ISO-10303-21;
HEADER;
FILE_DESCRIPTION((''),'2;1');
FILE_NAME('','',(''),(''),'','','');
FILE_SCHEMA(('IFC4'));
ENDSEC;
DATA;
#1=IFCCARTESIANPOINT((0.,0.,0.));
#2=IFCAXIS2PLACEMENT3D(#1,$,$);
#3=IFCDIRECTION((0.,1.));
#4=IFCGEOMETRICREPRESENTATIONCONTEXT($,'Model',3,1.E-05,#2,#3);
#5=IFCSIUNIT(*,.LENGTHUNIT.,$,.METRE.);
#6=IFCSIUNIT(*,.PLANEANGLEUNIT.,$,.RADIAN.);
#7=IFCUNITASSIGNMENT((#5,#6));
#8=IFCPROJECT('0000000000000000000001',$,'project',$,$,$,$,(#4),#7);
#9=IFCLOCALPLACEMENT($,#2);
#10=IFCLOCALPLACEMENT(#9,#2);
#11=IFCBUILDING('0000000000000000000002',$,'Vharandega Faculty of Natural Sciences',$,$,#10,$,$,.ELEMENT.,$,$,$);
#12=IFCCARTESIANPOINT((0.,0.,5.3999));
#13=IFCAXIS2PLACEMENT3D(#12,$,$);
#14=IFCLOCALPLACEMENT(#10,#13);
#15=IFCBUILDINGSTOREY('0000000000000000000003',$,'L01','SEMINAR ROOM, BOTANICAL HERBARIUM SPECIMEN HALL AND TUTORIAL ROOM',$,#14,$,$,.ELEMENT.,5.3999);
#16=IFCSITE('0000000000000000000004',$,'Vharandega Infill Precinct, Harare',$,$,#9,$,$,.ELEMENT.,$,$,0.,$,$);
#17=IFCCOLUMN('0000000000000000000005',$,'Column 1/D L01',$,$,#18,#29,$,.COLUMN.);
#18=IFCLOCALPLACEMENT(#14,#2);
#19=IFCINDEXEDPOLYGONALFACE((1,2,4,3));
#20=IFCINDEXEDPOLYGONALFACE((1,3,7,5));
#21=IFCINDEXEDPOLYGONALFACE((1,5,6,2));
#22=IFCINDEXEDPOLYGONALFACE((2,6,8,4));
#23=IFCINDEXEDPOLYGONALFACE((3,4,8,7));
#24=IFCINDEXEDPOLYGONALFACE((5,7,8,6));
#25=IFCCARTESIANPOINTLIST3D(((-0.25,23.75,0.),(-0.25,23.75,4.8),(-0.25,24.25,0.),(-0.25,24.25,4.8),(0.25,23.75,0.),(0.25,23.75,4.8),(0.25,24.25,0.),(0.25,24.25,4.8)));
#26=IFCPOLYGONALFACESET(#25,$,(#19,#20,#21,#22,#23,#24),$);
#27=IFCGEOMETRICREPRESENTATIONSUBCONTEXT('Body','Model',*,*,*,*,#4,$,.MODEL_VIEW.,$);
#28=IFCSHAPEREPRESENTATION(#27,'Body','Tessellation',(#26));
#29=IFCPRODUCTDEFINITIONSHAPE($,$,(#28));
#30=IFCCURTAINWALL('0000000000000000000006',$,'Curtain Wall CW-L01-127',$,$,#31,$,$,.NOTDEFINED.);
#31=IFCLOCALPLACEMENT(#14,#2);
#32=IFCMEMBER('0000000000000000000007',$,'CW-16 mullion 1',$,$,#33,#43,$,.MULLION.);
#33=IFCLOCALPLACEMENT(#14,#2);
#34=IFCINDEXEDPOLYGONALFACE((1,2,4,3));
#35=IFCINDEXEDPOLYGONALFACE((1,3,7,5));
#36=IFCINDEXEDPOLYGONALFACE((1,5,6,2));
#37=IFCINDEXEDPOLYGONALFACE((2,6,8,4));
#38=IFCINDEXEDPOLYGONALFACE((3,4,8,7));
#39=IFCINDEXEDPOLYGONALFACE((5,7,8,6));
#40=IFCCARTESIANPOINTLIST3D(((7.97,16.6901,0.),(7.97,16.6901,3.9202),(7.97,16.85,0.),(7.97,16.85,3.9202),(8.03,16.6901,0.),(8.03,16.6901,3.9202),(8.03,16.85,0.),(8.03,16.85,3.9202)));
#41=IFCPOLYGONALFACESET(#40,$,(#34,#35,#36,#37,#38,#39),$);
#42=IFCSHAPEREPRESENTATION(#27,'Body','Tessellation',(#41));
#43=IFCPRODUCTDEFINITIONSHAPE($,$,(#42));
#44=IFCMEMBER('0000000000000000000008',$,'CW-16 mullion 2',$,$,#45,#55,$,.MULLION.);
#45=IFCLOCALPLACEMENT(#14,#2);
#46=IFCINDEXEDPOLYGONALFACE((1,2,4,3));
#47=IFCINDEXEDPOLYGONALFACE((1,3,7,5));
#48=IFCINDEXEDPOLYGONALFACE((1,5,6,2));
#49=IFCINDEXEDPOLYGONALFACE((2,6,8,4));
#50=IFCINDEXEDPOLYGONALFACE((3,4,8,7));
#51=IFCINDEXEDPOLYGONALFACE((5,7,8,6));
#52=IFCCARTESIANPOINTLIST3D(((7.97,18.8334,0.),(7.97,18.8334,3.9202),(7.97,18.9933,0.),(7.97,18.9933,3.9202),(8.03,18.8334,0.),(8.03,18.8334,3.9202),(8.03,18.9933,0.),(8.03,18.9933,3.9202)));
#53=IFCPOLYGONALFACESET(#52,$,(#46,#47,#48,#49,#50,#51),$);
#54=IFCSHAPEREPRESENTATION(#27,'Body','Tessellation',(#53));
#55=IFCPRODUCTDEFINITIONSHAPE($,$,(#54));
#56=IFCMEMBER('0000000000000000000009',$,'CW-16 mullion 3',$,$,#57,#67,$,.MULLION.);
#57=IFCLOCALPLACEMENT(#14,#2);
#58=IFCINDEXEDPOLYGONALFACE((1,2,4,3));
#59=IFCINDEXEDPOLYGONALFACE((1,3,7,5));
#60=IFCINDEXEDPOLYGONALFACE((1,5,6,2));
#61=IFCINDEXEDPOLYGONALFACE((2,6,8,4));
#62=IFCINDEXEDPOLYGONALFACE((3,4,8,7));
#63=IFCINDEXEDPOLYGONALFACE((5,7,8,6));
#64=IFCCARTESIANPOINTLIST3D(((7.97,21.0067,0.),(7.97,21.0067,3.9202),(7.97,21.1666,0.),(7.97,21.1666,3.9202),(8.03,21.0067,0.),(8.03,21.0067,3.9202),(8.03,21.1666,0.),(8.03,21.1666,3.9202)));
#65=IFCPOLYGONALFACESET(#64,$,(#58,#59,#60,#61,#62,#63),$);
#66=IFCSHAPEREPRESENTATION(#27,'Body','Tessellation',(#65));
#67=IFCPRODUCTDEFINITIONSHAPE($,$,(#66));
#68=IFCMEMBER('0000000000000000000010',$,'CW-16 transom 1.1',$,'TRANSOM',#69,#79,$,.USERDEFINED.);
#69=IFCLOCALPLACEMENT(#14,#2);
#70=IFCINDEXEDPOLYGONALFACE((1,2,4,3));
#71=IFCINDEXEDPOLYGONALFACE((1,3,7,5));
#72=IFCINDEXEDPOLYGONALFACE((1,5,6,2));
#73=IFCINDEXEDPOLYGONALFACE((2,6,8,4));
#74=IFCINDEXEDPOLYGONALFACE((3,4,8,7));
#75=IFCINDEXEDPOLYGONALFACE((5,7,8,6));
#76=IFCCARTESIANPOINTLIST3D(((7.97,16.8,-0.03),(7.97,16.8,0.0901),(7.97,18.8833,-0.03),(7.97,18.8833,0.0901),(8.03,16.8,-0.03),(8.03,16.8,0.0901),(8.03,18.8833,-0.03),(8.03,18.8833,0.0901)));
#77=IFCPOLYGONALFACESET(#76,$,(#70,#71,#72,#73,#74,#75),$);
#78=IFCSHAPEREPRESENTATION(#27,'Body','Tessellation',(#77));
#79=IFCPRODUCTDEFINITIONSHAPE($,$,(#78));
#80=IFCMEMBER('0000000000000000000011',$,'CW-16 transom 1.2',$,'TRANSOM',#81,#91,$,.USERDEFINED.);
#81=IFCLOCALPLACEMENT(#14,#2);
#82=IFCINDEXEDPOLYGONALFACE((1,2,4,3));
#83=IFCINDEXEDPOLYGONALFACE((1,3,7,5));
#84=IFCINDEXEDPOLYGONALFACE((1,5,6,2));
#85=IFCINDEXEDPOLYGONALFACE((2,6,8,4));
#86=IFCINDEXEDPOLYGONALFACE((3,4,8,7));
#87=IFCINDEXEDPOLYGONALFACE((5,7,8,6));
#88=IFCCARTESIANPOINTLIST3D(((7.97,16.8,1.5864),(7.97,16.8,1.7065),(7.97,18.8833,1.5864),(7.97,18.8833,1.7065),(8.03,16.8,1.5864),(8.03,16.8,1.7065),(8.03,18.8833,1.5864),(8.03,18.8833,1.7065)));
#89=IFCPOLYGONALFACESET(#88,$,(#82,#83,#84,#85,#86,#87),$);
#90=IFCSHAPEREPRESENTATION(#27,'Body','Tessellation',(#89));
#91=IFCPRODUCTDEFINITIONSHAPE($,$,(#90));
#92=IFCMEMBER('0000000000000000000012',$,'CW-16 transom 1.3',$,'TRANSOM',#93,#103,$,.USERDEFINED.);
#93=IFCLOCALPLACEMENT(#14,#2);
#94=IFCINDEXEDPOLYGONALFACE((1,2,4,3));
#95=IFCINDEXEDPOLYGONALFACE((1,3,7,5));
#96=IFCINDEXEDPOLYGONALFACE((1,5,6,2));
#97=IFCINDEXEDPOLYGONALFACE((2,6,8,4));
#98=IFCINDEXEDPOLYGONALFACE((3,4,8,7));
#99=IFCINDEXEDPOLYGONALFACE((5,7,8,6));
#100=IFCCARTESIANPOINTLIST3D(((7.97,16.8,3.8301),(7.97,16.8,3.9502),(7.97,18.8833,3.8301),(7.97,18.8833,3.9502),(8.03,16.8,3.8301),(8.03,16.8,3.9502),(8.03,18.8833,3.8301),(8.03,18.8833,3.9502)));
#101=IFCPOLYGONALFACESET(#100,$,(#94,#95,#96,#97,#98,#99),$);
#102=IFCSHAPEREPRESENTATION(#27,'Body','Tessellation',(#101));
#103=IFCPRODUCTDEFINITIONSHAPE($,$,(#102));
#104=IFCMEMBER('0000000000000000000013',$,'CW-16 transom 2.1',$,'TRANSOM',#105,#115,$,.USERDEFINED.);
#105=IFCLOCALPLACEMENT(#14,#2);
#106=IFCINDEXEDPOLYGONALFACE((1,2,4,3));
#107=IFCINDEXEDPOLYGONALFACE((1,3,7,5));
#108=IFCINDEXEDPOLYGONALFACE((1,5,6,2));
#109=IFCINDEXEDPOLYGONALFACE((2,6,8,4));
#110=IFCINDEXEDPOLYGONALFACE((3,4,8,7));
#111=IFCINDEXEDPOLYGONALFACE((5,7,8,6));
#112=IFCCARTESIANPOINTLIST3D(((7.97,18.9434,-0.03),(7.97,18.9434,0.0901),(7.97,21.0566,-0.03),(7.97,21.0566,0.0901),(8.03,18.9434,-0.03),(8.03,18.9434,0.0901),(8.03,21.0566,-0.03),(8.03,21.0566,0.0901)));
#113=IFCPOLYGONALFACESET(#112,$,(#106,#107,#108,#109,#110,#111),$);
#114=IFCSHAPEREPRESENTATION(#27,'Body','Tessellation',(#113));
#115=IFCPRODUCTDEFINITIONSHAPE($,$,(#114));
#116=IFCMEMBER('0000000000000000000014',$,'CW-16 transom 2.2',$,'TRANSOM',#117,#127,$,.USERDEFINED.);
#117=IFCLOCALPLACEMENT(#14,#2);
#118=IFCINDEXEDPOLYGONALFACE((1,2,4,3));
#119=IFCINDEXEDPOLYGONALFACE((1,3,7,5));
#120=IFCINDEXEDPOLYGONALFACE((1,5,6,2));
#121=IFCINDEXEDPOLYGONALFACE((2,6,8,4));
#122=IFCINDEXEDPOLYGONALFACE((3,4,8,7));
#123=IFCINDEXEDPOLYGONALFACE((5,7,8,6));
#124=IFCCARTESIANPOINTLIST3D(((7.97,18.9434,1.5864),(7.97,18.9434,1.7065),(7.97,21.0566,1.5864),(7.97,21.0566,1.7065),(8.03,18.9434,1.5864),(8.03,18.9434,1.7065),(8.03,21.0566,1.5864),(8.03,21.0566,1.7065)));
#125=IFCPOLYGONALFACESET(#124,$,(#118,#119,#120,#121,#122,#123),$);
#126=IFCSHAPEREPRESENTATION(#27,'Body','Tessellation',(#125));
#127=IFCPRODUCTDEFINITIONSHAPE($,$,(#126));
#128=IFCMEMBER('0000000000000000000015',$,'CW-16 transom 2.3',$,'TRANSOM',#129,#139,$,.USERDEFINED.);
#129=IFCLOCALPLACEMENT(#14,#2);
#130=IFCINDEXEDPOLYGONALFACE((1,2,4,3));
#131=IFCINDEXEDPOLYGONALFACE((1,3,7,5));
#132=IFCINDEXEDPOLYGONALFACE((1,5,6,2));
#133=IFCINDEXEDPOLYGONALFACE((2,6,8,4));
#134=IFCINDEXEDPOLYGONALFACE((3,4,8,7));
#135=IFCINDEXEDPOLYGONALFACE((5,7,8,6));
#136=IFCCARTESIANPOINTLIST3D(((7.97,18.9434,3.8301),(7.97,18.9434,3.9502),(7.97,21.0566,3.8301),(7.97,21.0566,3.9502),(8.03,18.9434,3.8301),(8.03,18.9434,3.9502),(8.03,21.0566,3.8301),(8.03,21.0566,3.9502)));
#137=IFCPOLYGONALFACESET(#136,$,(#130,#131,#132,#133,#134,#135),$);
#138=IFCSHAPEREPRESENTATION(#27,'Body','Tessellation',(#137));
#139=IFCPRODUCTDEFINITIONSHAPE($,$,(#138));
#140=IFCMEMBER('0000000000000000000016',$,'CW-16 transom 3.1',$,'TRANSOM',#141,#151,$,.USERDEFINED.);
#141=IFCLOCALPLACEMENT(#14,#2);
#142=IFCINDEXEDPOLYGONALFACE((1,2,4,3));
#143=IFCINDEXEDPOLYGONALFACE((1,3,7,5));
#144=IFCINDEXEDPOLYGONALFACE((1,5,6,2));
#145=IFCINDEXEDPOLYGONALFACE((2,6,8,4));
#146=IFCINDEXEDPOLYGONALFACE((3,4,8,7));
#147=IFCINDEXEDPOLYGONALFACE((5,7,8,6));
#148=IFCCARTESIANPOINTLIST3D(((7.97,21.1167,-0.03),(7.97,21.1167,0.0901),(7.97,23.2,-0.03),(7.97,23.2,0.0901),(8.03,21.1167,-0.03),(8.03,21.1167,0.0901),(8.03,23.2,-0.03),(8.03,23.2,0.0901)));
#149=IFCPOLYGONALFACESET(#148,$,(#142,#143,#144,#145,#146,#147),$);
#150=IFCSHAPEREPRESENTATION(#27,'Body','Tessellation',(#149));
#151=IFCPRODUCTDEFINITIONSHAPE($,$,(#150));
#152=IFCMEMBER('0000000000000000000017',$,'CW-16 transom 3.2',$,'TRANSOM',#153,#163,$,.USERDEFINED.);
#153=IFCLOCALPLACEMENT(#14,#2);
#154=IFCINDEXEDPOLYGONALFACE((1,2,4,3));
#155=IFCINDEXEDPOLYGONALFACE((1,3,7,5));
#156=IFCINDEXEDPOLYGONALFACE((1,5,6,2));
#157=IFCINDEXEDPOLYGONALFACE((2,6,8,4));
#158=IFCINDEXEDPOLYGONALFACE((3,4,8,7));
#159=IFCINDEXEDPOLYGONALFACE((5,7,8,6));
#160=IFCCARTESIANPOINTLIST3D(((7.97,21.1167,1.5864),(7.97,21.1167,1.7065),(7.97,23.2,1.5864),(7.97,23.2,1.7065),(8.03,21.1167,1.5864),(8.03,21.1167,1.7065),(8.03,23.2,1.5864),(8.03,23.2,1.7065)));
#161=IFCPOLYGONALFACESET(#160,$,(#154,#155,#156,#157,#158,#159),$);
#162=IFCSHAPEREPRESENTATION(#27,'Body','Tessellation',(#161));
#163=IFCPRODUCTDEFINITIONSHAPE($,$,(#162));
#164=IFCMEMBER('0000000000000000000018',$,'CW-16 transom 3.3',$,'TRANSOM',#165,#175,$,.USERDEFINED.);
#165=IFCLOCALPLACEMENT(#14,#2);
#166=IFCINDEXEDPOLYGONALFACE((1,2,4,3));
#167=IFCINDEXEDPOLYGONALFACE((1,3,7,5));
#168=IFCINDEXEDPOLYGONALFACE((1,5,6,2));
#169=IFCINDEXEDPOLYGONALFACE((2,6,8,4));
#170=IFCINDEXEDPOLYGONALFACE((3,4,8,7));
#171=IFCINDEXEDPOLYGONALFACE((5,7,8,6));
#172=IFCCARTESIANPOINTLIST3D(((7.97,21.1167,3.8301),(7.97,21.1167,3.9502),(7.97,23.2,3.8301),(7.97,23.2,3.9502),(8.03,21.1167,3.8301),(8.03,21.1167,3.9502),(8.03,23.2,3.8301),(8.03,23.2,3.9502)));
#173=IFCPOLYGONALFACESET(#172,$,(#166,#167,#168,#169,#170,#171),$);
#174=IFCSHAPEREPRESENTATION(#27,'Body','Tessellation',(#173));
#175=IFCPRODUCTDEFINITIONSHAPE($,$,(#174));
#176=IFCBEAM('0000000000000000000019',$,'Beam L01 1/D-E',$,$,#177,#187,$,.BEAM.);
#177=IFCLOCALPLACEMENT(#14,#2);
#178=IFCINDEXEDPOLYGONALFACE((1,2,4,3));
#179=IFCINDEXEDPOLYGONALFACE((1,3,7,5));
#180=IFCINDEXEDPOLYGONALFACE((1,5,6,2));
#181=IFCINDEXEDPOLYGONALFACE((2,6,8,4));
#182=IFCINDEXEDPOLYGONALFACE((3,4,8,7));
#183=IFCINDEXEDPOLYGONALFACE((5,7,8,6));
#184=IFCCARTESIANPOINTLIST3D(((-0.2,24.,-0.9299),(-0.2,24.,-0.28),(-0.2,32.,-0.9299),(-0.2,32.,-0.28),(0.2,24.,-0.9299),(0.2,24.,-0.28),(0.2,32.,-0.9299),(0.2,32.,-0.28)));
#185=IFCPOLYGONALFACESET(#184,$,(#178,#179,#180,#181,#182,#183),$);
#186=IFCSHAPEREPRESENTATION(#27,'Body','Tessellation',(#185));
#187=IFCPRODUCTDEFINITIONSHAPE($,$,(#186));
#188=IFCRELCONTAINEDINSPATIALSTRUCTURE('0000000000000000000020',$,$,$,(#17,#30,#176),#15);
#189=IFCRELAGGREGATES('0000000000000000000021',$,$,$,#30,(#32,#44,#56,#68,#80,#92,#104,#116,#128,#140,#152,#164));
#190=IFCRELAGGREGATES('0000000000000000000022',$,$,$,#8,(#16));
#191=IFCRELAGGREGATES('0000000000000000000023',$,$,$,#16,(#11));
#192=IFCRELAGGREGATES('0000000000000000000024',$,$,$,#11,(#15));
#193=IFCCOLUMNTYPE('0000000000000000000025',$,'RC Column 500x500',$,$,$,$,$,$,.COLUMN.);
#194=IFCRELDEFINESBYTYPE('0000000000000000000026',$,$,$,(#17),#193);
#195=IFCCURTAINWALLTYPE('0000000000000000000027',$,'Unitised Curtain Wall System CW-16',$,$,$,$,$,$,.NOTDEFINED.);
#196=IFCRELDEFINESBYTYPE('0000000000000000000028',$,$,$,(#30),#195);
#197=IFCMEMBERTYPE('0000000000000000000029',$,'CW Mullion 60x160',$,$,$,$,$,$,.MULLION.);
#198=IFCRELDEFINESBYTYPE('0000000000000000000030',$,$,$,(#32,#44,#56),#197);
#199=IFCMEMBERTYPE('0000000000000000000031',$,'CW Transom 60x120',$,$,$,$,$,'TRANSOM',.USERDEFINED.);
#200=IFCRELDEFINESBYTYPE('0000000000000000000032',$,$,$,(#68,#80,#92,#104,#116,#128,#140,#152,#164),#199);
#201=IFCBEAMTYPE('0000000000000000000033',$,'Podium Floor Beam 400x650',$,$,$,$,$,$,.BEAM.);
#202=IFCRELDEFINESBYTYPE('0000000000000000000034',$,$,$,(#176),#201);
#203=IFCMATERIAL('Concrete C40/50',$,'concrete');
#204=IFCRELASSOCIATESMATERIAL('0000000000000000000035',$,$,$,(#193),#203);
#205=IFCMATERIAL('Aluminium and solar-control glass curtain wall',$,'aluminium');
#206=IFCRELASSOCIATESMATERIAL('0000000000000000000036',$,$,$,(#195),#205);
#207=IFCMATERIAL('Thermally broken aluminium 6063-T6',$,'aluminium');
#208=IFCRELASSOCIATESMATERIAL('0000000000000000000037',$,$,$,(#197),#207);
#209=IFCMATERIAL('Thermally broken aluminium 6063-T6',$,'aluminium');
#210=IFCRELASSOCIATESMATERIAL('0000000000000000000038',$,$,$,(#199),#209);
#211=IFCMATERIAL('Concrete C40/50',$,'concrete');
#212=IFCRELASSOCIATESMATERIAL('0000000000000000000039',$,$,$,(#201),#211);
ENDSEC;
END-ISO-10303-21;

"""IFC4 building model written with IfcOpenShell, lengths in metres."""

from ifc_helpers import new_model, si_unit, direction, frame, origin, origin_2d, place, context, subcontext, project, spatial, rectangle, extrude, material, material_profile, profile_set, type_object, element, aggregate, save


model = new_model("IFC4")

# Units and contexts
model_context = context("Model", 3, precision=1e-05, world=origin(), true_north=direction((0.0, 1.0)))
body_context = subcontext(model_context, "Body", "Model", "MODEL_VIEW")
ifc_project = project(units=[si_unit("LENGTHUNIT", "METRE"), si_unit("PLANEANGLEUNIT", "RADIAN")], contexts=[model_context])

# Site, building, storey
site_placement = place(None, origin())
site = spatial("IfcSite", under=ifc_project, at=site_placement, Name="Vharandega Infill Precinct, Harare", CompositionType="ELEMENT", RefElevation=0.0)
building_placement = place(site_placement, origin())
building = spatial("IfcBuilding", under=site, at=building_placement, Name="Vharandega Faculty of Natural Sciences", CompositionType="ELEMENT")
storey_placement = place(building_placement, frame((0.0, 0.0, 5.3999)))
storey = spatial("IfcBuildingStorey", under=building, at=storey_placement, Name="L01", Description="SEMINAR ROOM, BOTANICAL HERBARIUM SPECIMEN HALL AND TUTORIAL ROOM", CompositionType="ELEMENT", Elevation=5.3999)

# Column
ifc_material_1 = material(Name="Concrete C40/50", Category="concrete")
ifc_material_profile_1 = material_profile(ifc_material_1, rectangle(XDim=0.5, YDim=0.5, at=origin_2d()), Name="RC 500x500")
ifc_profile_set_1 = profile_set([ifc_material_profile_1], Name="Concrete C40/50")
column_type = type_object("IfcColumnType", Name="RC Column 500x500", PredefinedType="COLUMN", material=ifc_profile_set_1)
column_placement = place(storey_placement, frame((0.0, 24.0, 0.0), z_axis=(0.0, 0.0, 1.0), x_axis=(1.0, 0.0, 0.0)))
element("IfcColumn", 1, at=column_placement, inside=storey, type_object=column_type, Name="Column 1/D L01", PredefinedType="COLUMN", context=body_context, shape_type="SweptSolid", body=[
    extrude(rectangle(XDim=0.5, YDim=0.5, at=origin_2d()), origin(), (0.0, 0.0, 1.0), 4.8),
])

# Curtain wall, members
ifc_material_2 = material(Name="Aluminium and solar-control glass curtain wall", Category="aluminium")
curtain_wall_type = type_object("IfcCurtainWallType", Name="Unitised Curtain Wall System CW-16", PredefinedType="NOTDEFINED", material=ifc_material_2)
curtain_wall_placement = place(storey_placement, origin())
curtain_wall = element("IfcCurtainWall", 2, at=curtain_wall_placement, inside=storey, type_object=curtain_wall_type, Name="Curtain Wall CW-L01-127", PredefinedType="NOTDEFINED")
ifc_material_3 = material(Name="Thermally broken aluminium 6063-T6", Category="aluminium")
ifc_material_profile_2 = material_profile(ifc_material_3, rectangle(XDim=0.0601, YDim=0.1599, at=origin_2d()), Name="ALU 60x160")
ifc_profile_set_2 = profile_set([ifc_material_profile_2], Name="Thermally broken aluminium 6063-T6")
member_type_1 = type_object("IfcMemberType", Name="CW Mullion 60x160", PredefinedType="MULLION", material=ifc_profile_set_2)
member_1_placement = place(storey_placement, frame((8.0, 16.77, 0.0), z_axis=(0.0, 0.0, 1.0), x_axis=(-1.0, 0.0, 0.0)))
member_1 = element("IfcMember", 3, at=member_1_placement, type_object=member_type_1, Name="CW-16 mullion 1", PredefinedType="MULLION", context=body_context, shape_type="SweptSolid", body=[
    extrude(rectangle(XDim=0.0601, YDim=0.1599, at=origin_2d()), origin(), (0.0, 0.0, 1.0), 3.9202),
])
member_2_placement = place(storey_placement, frame((8.0, 18.9133, 0.0), z_axis=(0.0, 0.0, 1.0), x_axis=(-1.0, 0.0, 0.0)))
member_2 = element("IfcMember", 4, at=member_2_placement, type_object=member_type_1, Name="CW-16 mullion 2", PredefinedType="MULLION", context=body_context, shape_type="SweptSolid", body=[
    extrude(rectangle(XDim=0.0601, YDim=0.1599, at=origin_2d()), origin(), (0.0, 0.0, 1.0), 3.9202),
])
member_3_placement = place(storey_placement, frame((8.0, 21.0867, 0.0), z_axis=(0.0, 0.0, 1.0), x_axis=(-1.0, 0.0, 0.0)))
member_3 = element("IfcMember", 5, at=member_3_placement, type_object=member_type_1, Name="CW-16 mullion 3", PredefinedType="MULLION", context=body_context, shape_type="SweptSolid", body=[
    extrude(rectangle(XDim=0.0601, YDim=0.1599, at=origin_2d()), origin(), (0.0, 0.0, 1.0), 3.9202),
])
ifc_material_4 = material(Name="Thermally broken aluminium 6063-T6", Category="aluminium")
ifc_material_profile_3 = material_profile(ifc_material_4, rectangle(XDim=0.0601, YDim=0.1201, at=origin_2d()), Name="ALU 60x120")
ifc_profile_set_3 = profile_set([ifc_material_profile_3], Name="Thermally broken aluminium 6063-T6")
member_type_2 = type_object("IfcMemberType", Name="CW Transom 60x120", ElementType="TRANSOM", PredefinedType="USERDEFINED", material=ifc_profile_set_3)
member_4_placement = place(storey_placement, frame((8.0, 16.8, 0.03), z_axis=(0.0, 1.0, 0.0), x_axis=(-1.0, 0.0, 0.0)))
member_4 = element("IfcMember", 6, at=member_4_placement, type_object=member_type_2, Name="CW-16 transom 1.1", ObjectType="TRANSOM", PredefinedType="USERDEFINED", context=body_context, shape_type="SweptSolid", body=[
    extrude(rectangle(XDim=0.0601, YDim=0.1201, at=origin_2d()), origin(), (0.0, 0.0, 1.0), 2.0833),
])
member_5_placement = place(storey_placement, frame((8.0, 16.8, 1.6465), z_axis=(0.0, 1.0, 0.0), x_axis=(-1.0, 0.0, 0.0)))
member_5 = element("IfcMember", 7, at=member_5_placement, type_object=member_type_2, Name="CW-16 transom 1.2", ObjectType="TRANSOM", PredefinedType="USERDEFINED", context=body_context, shape_type="SweptSolid", body=[
    extrude(rectangle(XDim=0.0601, YDim=0.1201, at=origin_2d()), origin(), (0.0, 0.0, 1.0), 2.0833),
])
member_6_placement = place(storey_placement, frame((8.0, 16.8, 3.8901), z_axis=(0.0, 1.0, 0.0), x_axis=(-1.0, 0.0, 0.0)))
member_6 = element("IfcMember", 8, at=member_6_placement, type_object=member_type_2, Name="CW-16 transom 1.3", ObjectType="TRANSOM", PredefinedType="USERDEFINED", context=body_context, shape_type="SweptSolid", body=[
    extrude(rectangle(XDim=0.0601, YDim=0.1201, at=origin_2d()), origin(), (0.0, 0.0, 1.0), 2.0833),
])
member_7_placement = place(storey_placement, frame((8.0, 18.9434, 0.03), z_axis=(0.0, 1.0, 0.0), x_axis=(-1.0, 0.0, 0.0)))
member_7 = element("IfcMember", 9, at=member_7_placement, type_object=member_type_2, Name="CW-16 transom 2.1", ObjectType="TRANSOM", PredefinedType="USERDEFINED", context=body_context, shape_type="SweptSolid", body=[
    extrude(rectangle(XDim=0.0601, YDim=0.1201, at=origin_2d()), origin(), (0.0, 0.0, 1.0), 2.1133),
])
member_8_placement = place(storey_placement, frame((8.0, 18.9434, 1.6465), z_axis=(0.0, 1.0, 0.0), x_axis=(-1.0, 0.0, 0.0)))
member_8 = element("IfcMember", 10, at=member_8_placement, type_object=member_type_2, Name="CW-16 transom 2.2", ObjectType="TRANSOM", PredefinedType="USERDEFINED", context=body_context, shape_type="SweptSolid", body=[
    extrude(rectangle(XDim=0.0601, YDim=0.1201, at=origin_2d()), origin(), (0.0, 0.0, 1.0), 2.1133),
])
member_9_placement = place(storey_placement, frame((8.0, 18.9434, 3.8901), z_axis=(0.0, 1.0, 0.0), x_axis=(-1.0, 0.0, 0.0)))
member_9 = element("IfcMember", 11, at=member_9_placement, type_object=member_type_2, Name="CW-16 transom 2.3", ObjectType="TRANSOM", PredefinedType="USERDEFINED", context=body_context, shape_type="SweptSolid", body=[
    extrude(rectangle(XDim=0.0601, YDim=0.1201, at=origin_2d()), origin(), (0.0, 0.0, 1.0), 2.1133),
])
member_10_placement = place(storey_placement, frame((8.0, 21.1167, 0.03), z_axis=(0.0, 1.0, 0.0), x_axis=(-1.0, 0.0, 0.0)))
member_10 = element("IfcMember", 12, at=member_10_placement, type_object=member_type_2, Name="CW-16 transom 3.1", ObjectType="TRANSOM", PredefinedType="USERDEFINED", context=body_context, shape_type="SweptSolid", body=[
    extrude(rectangle(XDim=0.0601, YDim=0.1201, at=origin_2d()), origin(), (0.0, 0.0, 1.0), 2.0833),
])
member_11_placement = place(storey_placement, frame((8.0, 21.1167, 1.6465), z_axis=(0.0, 1.0, 0.0), x_axis=(-1.0, 0.0, 0.0)))
member_11 = element("IfcMember", 13, at=member_11_placement, type_object=member_type_2, Name="CW-16 transom 3.2", ObjectType="TRANSOM", PredefinedType="USERDEFINED", context=body_context, shape_type="SweptSolid", body=[
    extrude(rectangle(XDim=0.0601, YDim=0.1201, at=origin_2d()), origin(), (0.0, 0.0, 1.0), 2.0833),
])
member_12_placement = place(storey_placement, frame((8.0, 21.1167, 3.8901), z_axis=(0.0, 1.0, 0.0), x_axis=(-1.0, 0.0, 0.0)))
member_12 = element("IfcMember", 14, at=member_12_placement, type_object=member_type_2, Name="CW-16 transom 3.3", ObjectType="TRANSOM", PredefinedType="USERDEFINED", context=body_context, shape_type="SweptSolid", body=[
    extrude(rectangle(XDim=0.0601, YDim=0.1201, at=origin_2d()), origin(), (0.0, 0.0, 1.0), 2.0833),
])

# Beam
ifc_material_5 = material(Name="Concrete C40/50", Category="concrete")
ifc_material_profile_4 = material_profile(ifc_material_5, rectangle(XDim=0.3999, YDim=0.6499, at=origin_2d()), Name="RC 400x650")
ifc_profile_set_4 = profile_set([ifc_material_profile_4], Name="Concrete C40/50")
beam_type = type_object("IfcBeamType", Name="Podium Floor Beam 400x650", PredefinedType="BEAM", material=ifc_profile_set_4)
beam_placement = place(storey_placement, frame((0.0, 24.0, -0.605), z_axis=(0.0, 1.0, 0.0), x_axis=(-1.0, 0.0, 0.0)))
element("IfcBeam", 15, at=beam_placement, inside=storey, type_object=beam_type, Name="Beam L01 1/D-E", PredefinedType="BEAM", context=body_context, shape_type="SweptSolid", body=[
    extrude(rectangle(XDim=0.3999, YDim=0.6499, at=origin_2d()), origin(), (0.0, 0.0, 1.0), 8.0),
])

aggregate(curtain_wall, [member_1, member_2, member_3, member_4, member_5, member_6, member_7, member_8, member_9, member_10, member_11, member_12])

save(model, "model.ifc")
